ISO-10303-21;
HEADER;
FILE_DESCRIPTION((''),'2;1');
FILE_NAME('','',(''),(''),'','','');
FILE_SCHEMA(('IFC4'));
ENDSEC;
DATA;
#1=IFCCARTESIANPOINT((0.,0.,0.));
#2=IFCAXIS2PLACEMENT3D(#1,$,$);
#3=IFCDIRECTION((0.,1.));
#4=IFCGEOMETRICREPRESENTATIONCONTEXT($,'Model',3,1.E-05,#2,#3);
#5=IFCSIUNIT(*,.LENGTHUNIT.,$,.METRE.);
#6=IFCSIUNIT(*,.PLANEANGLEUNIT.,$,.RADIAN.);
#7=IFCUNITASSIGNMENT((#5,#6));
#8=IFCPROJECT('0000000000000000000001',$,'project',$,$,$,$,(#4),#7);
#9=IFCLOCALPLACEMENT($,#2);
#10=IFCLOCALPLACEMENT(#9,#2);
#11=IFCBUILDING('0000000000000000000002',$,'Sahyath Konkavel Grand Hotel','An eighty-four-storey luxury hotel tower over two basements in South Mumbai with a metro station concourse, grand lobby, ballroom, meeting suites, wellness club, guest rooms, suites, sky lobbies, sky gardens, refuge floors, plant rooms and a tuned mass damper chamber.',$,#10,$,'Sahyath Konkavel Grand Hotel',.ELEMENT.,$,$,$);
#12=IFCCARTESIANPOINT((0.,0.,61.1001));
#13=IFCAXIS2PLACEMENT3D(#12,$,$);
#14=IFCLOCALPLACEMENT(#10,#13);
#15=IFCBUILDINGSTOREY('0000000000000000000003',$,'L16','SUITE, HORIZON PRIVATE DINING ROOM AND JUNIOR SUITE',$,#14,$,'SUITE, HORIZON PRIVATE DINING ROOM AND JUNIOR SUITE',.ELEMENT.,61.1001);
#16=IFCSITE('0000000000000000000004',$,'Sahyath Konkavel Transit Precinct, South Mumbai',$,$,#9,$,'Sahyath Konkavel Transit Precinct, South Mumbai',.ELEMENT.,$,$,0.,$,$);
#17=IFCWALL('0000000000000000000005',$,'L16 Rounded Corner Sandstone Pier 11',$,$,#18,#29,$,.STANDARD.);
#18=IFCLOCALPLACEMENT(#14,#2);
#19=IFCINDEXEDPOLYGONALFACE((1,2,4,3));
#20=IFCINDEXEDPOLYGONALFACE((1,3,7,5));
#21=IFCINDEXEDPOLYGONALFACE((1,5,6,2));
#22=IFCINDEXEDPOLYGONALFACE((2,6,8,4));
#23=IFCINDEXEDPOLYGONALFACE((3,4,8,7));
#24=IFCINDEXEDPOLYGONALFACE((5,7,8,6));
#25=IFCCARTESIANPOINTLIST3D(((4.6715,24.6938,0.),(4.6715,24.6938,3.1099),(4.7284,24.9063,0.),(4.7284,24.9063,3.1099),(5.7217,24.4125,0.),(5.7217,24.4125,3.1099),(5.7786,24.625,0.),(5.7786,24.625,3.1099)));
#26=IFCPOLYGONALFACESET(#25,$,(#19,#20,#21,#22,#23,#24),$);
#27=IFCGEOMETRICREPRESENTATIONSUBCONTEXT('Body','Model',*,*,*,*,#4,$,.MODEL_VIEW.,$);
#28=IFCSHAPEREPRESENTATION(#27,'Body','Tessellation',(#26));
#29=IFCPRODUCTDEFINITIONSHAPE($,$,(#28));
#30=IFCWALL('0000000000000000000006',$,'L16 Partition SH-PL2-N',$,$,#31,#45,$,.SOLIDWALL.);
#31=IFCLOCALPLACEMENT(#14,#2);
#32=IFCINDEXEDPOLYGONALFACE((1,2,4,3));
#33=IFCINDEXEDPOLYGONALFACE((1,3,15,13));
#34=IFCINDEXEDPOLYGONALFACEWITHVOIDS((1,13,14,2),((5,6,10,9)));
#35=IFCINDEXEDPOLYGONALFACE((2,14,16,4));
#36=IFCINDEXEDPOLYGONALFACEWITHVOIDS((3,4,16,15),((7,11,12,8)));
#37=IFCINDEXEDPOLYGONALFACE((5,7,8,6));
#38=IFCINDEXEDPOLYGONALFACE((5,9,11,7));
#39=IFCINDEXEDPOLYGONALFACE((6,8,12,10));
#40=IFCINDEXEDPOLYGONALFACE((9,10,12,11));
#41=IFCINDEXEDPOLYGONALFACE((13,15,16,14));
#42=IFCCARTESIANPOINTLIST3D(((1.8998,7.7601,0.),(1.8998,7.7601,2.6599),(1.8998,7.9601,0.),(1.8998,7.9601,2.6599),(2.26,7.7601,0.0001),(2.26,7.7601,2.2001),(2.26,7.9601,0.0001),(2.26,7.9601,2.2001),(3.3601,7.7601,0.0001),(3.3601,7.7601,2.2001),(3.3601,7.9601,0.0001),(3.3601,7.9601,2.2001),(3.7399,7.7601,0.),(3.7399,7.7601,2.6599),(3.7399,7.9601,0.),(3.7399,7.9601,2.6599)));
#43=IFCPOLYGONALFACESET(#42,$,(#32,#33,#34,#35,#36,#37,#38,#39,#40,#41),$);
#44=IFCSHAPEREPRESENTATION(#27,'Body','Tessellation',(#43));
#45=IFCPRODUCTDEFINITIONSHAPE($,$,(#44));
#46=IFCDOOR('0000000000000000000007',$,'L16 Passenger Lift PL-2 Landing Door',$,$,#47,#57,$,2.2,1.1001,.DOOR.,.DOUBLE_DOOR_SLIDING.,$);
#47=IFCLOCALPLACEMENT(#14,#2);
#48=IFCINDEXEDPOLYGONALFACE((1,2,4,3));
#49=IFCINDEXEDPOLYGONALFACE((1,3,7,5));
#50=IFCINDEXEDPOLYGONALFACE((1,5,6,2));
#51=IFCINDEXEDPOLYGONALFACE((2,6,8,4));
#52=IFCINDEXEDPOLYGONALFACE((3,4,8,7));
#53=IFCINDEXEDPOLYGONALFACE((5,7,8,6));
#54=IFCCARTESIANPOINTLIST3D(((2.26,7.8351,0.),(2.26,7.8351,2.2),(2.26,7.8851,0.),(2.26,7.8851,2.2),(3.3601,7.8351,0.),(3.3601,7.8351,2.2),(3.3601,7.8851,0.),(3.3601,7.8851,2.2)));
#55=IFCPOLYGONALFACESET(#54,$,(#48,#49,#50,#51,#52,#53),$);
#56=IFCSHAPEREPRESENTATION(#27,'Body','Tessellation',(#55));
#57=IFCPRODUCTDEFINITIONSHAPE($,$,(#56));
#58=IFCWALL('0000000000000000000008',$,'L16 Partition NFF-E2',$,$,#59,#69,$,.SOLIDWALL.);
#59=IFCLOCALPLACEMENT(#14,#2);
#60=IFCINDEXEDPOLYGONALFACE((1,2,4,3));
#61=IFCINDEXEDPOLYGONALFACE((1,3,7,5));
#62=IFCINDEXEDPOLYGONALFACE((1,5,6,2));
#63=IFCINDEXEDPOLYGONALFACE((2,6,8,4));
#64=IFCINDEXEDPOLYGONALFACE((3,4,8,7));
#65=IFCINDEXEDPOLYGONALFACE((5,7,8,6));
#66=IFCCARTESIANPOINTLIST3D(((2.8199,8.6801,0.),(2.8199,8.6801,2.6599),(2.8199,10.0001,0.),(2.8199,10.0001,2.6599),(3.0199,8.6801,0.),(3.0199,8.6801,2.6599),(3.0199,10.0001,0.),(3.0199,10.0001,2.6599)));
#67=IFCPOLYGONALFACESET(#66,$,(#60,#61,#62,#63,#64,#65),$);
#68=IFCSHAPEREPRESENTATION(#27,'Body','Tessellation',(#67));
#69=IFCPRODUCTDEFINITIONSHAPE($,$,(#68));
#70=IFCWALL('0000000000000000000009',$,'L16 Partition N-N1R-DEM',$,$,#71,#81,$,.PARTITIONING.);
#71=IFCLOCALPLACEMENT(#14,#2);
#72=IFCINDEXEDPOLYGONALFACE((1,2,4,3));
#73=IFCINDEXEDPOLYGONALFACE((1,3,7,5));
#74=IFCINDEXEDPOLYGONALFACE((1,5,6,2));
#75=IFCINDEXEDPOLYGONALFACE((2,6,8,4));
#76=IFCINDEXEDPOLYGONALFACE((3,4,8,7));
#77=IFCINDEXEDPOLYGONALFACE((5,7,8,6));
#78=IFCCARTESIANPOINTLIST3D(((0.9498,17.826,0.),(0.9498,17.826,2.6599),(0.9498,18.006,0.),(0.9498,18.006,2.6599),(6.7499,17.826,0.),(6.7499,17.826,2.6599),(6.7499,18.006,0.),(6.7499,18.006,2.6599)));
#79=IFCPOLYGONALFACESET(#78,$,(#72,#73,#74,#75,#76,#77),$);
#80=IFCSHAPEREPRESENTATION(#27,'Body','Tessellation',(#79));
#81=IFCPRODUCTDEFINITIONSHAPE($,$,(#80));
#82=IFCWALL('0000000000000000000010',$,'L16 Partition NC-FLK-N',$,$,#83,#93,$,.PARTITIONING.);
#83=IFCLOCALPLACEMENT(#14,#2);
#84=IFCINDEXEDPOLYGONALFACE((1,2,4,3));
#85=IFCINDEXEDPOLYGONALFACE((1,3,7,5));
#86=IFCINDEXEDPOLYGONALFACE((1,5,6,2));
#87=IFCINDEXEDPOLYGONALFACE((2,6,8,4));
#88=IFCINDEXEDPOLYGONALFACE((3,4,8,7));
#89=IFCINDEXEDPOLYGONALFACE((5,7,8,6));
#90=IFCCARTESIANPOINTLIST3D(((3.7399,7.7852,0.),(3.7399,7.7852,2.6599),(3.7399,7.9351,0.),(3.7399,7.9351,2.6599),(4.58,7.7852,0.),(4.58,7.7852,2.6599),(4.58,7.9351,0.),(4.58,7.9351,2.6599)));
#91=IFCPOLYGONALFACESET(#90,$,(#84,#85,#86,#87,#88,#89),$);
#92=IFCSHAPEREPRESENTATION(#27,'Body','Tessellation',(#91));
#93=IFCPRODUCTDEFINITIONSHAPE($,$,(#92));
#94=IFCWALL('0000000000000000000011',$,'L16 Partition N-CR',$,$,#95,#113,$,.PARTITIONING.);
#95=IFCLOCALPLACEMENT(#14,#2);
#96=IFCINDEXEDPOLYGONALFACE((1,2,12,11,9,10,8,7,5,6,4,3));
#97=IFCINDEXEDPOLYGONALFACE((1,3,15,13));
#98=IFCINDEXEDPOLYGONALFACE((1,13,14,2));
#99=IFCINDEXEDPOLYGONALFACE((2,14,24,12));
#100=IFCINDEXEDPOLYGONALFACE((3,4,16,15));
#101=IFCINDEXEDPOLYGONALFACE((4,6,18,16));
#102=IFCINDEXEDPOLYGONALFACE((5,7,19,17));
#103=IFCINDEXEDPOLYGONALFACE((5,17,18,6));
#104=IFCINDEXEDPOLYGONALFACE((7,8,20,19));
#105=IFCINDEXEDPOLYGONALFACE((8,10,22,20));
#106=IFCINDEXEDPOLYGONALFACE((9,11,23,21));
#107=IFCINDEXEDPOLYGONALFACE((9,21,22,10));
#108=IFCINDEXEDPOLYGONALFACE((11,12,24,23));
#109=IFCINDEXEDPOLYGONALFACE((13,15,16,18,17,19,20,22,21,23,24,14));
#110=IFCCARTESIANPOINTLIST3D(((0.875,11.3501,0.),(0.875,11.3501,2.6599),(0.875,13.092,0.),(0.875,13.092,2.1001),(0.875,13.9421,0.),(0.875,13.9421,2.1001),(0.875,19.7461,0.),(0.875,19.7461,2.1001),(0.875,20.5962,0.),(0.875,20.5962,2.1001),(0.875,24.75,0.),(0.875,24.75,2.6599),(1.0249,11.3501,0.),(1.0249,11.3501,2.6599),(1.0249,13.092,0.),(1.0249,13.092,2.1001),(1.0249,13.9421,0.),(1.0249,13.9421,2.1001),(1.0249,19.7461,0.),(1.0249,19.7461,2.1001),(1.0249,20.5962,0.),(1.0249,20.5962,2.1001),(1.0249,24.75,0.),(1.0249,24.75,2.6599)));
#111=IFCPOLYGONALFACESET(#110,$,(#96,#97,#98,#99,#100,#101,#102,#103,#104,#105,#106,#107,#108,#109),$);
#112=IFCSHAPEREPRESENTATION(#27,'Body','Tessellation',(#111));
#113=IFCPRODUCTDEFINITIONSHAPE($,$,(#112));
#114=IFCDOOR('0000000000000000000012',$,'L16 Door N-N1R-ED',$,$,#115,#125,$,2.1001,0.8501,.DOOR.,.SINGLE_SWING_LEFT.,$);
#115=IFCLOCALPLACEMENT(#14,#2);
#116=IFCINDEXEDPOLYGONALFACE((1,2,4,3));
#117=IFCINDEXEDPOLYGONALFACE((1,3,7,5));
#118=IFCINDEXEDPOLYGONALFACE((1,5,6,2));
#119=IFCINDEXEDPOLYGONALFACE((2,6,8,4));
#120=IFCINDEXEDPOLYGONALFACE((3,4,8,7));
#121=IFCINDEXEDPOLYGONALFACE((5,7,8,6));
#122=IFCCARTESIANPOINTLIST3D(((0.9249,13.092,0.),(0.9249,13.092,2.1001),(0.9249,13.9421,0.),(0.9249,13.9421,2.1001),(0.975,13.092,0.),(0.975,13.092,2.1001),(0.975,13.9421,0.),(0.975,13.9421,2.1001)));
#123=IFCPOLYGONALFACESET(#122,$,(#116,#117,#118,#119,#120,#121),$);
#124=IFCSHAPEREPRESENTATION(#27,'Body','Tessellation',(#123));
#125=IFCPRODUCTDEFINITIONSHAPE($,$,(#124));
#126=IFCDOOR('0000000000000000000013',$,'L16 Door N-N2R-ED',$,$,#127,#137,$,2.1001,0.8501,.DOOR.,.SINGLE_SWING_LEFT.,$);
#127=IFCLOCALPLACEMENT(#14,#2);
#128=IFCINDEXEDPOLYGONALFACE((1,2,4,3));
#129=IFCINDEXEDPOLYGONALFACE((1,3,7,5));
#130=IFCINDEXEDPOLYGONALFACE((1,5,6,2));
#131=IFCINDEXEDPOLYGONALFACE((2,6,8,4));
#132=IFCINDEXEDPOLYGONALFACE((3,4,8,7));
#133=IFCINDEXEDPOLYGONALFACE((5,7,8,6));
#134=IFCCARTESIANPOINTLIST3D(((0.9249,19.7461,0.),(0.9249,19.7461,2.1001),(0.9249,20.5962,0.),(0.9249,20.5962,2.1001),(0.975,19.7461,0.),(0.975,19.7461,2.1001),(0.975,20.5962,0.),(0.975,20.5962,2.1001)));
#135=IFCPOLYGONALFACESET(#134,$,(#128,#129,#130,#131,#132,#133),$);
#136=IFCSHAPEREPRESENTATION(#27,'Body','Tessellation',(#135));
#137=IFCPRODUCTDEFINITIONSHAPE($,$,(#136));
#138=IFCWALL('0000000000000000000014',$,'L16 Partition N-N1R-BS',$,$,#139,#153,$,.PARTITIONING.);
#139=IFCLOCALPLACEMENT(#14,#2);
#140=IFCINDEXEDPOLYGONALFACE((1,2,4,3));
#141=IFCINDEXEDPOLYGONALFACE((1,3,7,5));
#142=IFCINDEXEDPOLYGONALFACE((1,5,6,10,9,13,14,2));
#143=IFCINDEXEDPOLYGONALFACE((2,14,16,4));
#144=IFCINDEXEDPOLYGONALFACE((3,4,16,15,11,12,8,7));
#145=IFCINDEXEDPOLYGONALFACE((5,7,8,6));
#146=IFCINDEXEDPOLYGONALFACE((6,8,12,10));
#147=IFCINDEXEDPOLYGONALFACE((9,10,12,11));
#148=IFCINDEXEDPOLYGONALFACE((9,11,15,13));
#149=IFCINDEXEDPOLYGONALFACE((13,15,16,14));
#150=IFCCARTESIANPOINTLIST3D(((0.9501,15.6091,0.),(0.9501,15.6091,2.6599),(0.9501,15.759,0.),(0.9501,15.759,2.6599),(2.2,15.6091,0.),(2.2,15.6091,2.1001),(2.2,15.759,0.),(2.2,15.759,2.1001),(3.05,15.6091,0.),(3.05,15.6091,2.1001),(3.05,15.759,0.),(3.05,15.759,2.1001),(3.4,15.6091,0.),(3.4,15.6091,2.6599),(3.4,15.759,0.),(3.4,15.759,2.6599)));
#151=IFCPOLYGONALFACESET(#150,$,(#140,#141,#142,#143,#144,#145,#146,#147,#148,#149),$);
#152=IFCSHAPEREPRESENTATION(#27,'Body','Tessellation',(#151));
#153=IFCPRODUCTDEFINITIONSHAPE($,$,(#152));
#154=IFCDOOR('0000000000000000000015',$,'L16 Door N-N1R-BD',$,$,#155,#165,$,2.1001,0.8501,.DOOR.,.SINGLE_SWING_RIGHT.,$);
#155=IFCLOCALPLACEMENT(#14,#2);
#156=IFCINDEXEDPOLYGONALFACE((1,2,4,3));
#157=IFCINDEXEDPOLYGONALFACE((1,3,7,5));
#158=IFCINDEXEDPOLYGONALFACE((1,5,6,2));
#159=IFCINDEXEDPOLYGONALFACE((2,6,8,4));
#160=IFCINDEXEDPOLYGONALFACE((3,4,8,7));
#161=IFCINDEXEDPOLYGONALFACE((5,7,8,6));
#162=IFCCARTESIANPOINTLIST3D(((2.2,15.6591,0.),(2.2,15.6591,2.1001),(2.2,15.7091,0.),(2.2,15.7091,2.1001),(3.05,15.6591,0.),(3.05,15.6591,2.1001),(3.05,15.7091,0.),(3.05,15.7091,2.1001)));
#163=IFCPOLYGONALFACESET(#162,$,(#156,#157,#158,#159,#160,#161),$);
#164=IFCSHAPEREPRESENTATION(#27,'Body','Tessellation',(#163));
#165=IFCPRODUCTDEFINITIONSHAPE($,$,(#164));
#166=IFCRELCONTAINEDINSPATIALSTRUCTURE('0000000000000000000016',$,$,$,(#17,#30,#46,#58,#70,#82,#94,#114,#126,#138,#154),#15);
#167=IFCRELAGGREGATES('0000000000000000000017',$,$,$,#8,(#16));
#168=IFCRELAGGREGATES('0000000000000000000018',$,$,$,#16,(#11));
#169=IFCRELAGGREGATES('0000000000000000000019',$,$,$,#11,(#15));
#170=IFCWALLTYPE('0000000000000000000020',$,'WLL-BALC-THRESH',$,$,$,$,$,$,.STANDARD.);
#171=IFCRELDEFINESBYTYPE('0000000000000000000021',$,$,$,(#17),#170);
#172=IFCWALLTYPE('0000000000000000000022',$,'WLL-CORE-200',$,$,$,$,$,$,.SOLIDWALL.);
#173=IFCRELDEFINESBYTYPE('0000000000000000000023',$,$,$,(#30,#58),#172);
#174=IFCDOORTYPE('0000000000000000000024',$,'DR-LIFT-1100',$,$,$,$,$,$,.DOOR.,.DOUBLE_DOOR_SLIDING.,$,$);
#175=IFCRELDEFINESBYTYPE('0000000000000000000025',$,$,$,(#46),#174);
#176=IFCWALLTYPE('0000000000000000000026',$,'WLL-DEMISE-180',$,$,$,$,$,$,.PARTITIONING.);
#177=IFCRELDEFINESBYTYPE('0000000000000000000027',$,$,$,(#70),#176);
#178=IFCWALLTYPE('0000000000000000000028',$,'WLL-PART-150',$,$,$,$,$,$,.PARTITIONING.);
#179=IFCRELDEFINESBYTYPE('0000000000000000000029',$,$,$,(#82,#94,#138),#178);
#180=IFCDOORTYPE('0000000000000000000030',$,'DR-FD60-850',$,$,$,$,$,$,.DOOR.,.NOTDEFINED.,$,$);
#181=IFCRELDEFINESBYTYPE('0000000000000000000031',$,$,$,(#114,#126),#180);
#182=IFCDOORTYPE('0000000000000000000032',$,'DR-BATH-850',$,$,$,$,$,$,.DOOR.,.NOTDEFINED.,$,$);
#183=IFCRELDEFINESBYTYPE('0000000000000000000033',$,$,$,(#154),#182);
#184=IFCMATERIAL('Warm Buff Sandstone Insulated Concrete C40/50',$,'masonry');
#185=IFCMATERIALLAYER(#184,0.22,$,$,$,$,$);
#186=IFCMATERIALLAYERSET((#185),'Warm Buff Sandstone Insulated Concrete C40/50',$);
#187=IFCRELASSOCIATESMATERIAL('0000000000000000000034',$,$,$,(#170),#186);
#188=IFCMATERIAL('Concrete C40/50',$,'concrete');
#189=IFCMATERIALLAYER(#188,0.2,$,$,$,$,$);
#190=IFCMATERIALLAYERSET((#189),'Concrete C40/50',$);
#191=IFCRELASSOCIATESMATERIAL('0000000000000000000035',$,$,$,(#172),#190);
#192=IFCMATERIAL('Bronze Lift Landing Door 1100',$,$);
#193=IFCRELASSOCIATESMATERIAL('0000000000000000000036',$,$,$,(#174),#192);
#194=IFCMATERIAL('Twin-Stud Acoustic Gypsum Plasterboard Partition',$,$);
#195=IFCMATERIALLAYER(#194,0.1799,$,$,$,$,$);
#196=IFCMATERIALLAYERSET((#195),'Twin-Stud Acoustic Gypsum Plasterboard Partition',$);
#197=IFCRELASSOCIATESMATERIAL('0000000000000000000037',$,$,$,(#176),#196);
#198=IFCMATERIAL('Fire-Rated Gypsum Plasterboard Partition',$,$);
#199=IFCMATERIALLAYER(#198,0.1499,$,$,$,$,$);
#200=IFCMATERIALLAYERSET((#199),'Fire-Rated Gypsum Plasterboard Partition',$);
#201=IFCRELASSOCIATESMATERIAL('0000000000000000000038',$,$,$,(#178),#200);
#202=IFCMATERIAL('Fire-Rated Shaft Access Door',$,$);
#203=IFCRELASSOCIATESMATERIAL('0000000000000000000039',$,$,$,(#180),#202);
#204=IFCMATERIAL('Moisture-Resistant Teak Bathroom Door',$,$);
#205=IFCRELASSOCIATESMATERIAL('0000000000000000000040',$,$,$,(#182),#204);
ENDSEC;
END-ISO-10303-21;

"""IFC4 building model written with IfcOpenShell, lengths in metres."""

from ifc_helpers import new_model, si_unit, direction, frame, frame_2d, origin, origin_2d, place, context, subcontext, project, spatial, rectangle, extrude, source, transform, mapped, material, layer, layer_set, type_object, element, fill, save


model = new_model("IFC4")

# Units and contexts
model_context = context("Model", 3, precision=1e-05, world=origin(), true_north=direction((0.0, 1.0)))
body_context = subcontext(model_context, "Body", "Model", "MODEL_VIEW")
ifc_project = project(units=[si_unit("LENGTHUNIT", "METRE"), si_unit("PLANEANGLEUNIT", "RADIAN")], contexts=[model_context])

# Site, building, storey
site_placement = place(None, origin())
site = spatial("IfcSite", under=ifc_project, at=site_placement, Name="Sahyath Konkavel Transit Precinct, South Mumbai", LongName="Sahyath Konkavel Transit Precinct, South Mumbai", CompositionType="ELEMENT", RefElevation=0.0)
building_placement = place(site_placement, origin())
building = spatial("IfcBuilding", under=site, at=building_placement, Name="Sahyath Konkavel Grand Hotel", Description="An eighty-four-storey luxury hotel tower over two basements in South Mumbai with a metro station concourse, grand lobby, ballroom, meeting suites, wellness club, guest rooms, suites, sky lobbies, sky gardens, refuge floors, plant rooms and a tuned mass damper chamber.", LongName="Sahyath Konkavel Grand Hotel", CompositionType="ELEMENT")
storey_placement = place(building_placement, frame((0.0, 0.0, 61.1001)))
storey = spatial("IfcBuildingStorey", under=building, at=storey_placement, Name="L16", Description="SUITE, HORIZON PRIVATE DINING ROOM AND JUNIOR SUITE", LongName="SUITE, HORIZON PRIVATE DINING ROOM AND JUNIOR SUITE", CompositionType="ELEMENT", Elevation=61.1001)

# Wall
ifc_material_1 = material(Name="Warm Buff Sandstone Insulated Concrete C40/50", Category="masonry")
ifc_layer_1 = layer(ifc_material_1, 0.22)
ifc_layer_set_1 = layer_set([ifc_layer_1], Name="Warm Buff Sandstone Insulated Concrete C40/50")
wall_type_1 = type_object("IfcWallType", Name="WLL-BALC-THRESH", PredefinedType="STANDARD", material=ifc_layer_set_1)
wall_1_placement = place(storey_placement, frame((5.75, 24.5188, 0.0), z_axis=(0.0, 0.0, 1.0), x_axis=(-0.965951, 0.258725, 0.0)))
element("IfcWall", 1, at=wall_1_placement, inside=storey, type_object=wall_type_1, Name="L16 Rounded Corner Sandstone Pier 11", PredefinedType="STANDARD", context=body_context, shape_type="SweptSolid", body=[
    extrude(rectangle(XDim=1.0872, YDim=0.22, at=frame_2d((0.5435, 0.0))), origin(), (0.0, 0.0, 1.0), 3.1099),
])

# Wall, opening, door
ifc_material_2 = material(Name="Concrete C40/50", Category="concrete")
ifc_layer_2 = layer(ifc_material_2, 0.2)
ifc_layer_set_2 = layer_set([ifc_layer_2], Name="Concrete C40/50")
wall_type_2 = type_object("IfcWallType", Name="WLL-CORE-200", PredefinedType="SOLIDWALL", material=ifc_layer_set_2)
wall_2_placement = place(storey_placement, frame((1.8999, 7.8601, 0.0), z_axis=(0.0, 0.0, 1.0), x_axis=(1.0, 0.0, 0.0)))
wall_2 = element("IfcWall", 2, at=wall_2_placement, inside=storey, type_object=wall_type_2, Name="L16 Partition SH-PL2-N", PredefinedType="SOLIDWALL", context=body_context, shape_type="SweptSolid", body=[
    extrude(rectangle(XDim=1.8401, YDim=0.2, at=frame_2d((0.9199, 0.0))), origin(), (0.0, 0.0, 1.0), 2.6599),
])
opening_1_placement = place(wall_2_placement, frame((0.3601, 0.0, 0.0)))
opening_1 = element("IfcOpeningElement", 3, at=opening_1_placement, cuts=wall_2, PredefinedType="OPENING", context=body_context, shape_type="SweptSolid", body=[
    extrude(rectangle(XDim=1.1001, YDim=2.2, at=frame_2d((0.55, 1.1001))), frame((0.0, 0.1099, 0.0), z_axis=(0.0, -1.0, 0.0), x_axis=(1.0, 0.0, 0.0)), (0.0, 0.0, 1.0), 0.22),
])
ifc_material_3 = material(Name="Bronze Lift Landing Door 1100")
door_type_1 = type_object("IfcDoorType", Name="DR-LIFT-1100", OperationType="DOUBLE_DOOR_SLIDING", PredefinedType="DOOR", material=ifc_material_3)
shared_shape_1 = source(origin(), body_context, "Body", "SweptSolid", [
    extrude(rectangle(XDim=1.1001, YDim=0.05, at=origin_2d()), origin(), (0.0, 0.0, 1.0), 2.2),
])
door_1_placement = place(opening_1_placement, frame((0.55, 0.0, 0.0)))
door_1 = element("IfcDoor", 4, at=door_1_placement, inside=storey, type_object=door_type_1, Name="L16 Passenger Lift PL-2 Landing Door", OperationType="DOUBLE_DOOR_SLIDING", OverallHeight=2.2, OverallWidth=1.1001, PredefinedType="DOOR", context=body_context, shape_type="MappedRepresentation", body=[
    mapped(shared_shape_1, transform((0.0, 0.0, 0.0), scale=1.0)),
])
fill(opening_1, door_1)

# Walls
wall_3_placement = place(storey_placement, frame((2.9199, 8.6799, 0.0), z_axis=(0.0, 0.0, 1.0), x_axis=(0.0, 1.0, 0.0)))
element("IfcWall", 5, at=wall_3_placement, inside=storey, type_object=wall_type_2, Name="L16 Partition NFF-E2", PredefinedType="SOLIDWALL", context=body_context, shape_type="SweptSolid", body=[
    extrude(rectangle(XDim=1.3201, YDim=0.2, at=frame_2d((0.6602, 0.0))), origin(), (0.0, 0.0, 1.0), 2.6599),
])
ifc_material_4 = material(Name="Twin-Stud Acoustic Gypsum Plasterboard Partition")
ifc_layer_3 = layer(ifc_material_4, 0.1799)
ifc_layer_set_3 = layer_set([ifc_layer_3], Name="Twin-Stud Acoustic Gypsum Plasterboard Partition")
wall_type_3 = type_object("IfcWallType", Name="WLL-DEMISE-180", PredefinedType="PARTITIONING", material=ifc_layer_set_3)
wall_4_placement = place(storey_placement, frame((0.95, 17.916, 0.0), z_axis=(0.0, 0.0, 1.0), x_axis=(1.0, 0.0, 0.0)))
element("IfcWall", 6, at=wall_4_placement, inside=storey, type_object=wall_type_3, Name="L16 Partition N-N1R-DEM", PredefinedType="PARTITIONING", context=body_context, shape_type="SweptSolid", body=[
    extrude(rectangle(XDim=5.8, YDim=0.1799, at=frame_2d((2.8999, 0.0))), origin(), (0.0, 0.0, 1.0), 2.6599),
])
ifc_material_5 = material(Name="Fire-Rated Gypsum Plasterboard Partition")
ifc_layer_4 = layer(ifc_material_5, 0.1499)
ifc_layer_set_4 = layer_set([ifc_layer_4], Name="Fire-Rated Gypsum Plasterboard Partition")
wall_type_4 = type_object("IfcWallType", Name="WLL-PART-150", PredefinedType="PARTITIONING", material=ifc_layer_set_4)
wall_5_placement = place(storey_placement, frame((3.74, 7.8601, 0.0), z_axis=(0.0, 0.0, 1.0), x_axis=(1.0, 0.0, 0.0)))
element("IfcWall", 7, at=wall_5_placement, inside=storey, type_object=wall_type_4, Name="L16 Partition NC-FLK-N", PredefinedType="PARTITIONING", context=body_context, shape_type="SweptSolid", body=[
    extrude(rectangle(XDim=0.8401, YDim=0.1499, at=frame_2d((0.4199, 0.0))), origin(), (0.0, 0.0, 1.0), 2.6599),
])

# Wall, openings, doors
wall_6_placement = place(storey_placement, frame((0.95, 11.3501, 0.0), z_axis=(0.0, 0.0, 1.0), x_axis=(0.0, 1.0, 0.0)))
wall_6 = element("IfcWall", 8, at=wall_6_placement, inside=storey, type_object=wall_type_4, Name="L16 Partition N-CR", PredefinedType="PARTITIONING", context=body_context, shape_type="SweptSolid", body=[
    extrude(rectangle(XDim=13.3999, YDim=0.1499, at=frame_2d((6.7, 0.0))), origin(), (0.0, 0.0, 1.0), 2.6599),
])
opening_2_placement = place(wall_6_placement, frame((1.7419, 0.0, 0.0)))
opening_2 = element("IfcOpeningElement", 9, at=opening_2_placement, cuts=wall_6, PredefinedType="OPENING", context=body_context, shape_type="SweptSolid", body=[
    extrude(rectangle(XDim=0.8501, YDim=2.1001, at=frame_2d((0.425, 1.05))), frame((0.0, 0.085, 0.0), z_axis=(0.0, -1.0, 0.0), x_axis=(1.0, 0.0, 0.0)), (0.0, 0.0, 1.0), 0.1699),
])
opening_3_placement = place(wall_6_placement, frame((8.396, 0.0, 0.0)))
opening_3 = element("IfcOpeningElement", 10, at=opening_3_placement, cuts=wall_6, PredefinedType="OPENING", context=body_context, shape_type="SweptSolid", body=[
    extrude(rectangle(XDim=0.8501, YDim=2.1001, at=frame_2d((0.425, 1.05))), frame((0.0, 0.085, 0.0), z_axis=(0.0, -1.0, 0.0), x_axis=(1.0, 0.0, 0.0)), (0.0, 0.0, 1.0), 0.1699),
])
ifc_material_6 = material(Name="Fire-Rated Shaft Access Door")
door_type_2 = type_object("IfcDoorType", Name="DR-FD60-850", OperationType="NOTDEFINED", PredefinedType="DOOR", material=ifc_material_6)
shared_shape_2 = source(origin(), body_context, "Body", "SweptSolid", [
    extrude(rectangle(XDim=0.8501, YDim=0.05, at=origin_2d()), origin(), (0.0, 0.0, 1.0), 2.1001),
])
door_2_placement = place(opening_2_placement, frame((0.425, 0.0, 0.0)))
door_2 = element("IfcDoor", 11, at=door_2_placement, inside=storey, type_object=door_type_2, Name="L16 Door N-N1R-ED", OperationType="SINGLE_SWING_LEFT", OverallHeight=2.1001, OverallWidth=0.8501, PredefinedType="DOOR", context=body_context, shape_type="MappedRepresentation", body=[
    mapped(shared_shape_2, transform((0.0, 0.0, 0.0), scale=1.0)),
])
fill(opening_2, door_2)
door_3_placement = place(opening_3_placement, frame((0.425, 0.0, 0.0)))
door_3 = element("IfcDoor", 12, at=door_3_placement, inside=storey, type_object=door_type_2, Name="L16 Door N-N2R-ED", OperationType="SINGLE_SWING_LEFT", OverallHeight=2.1001, OverallWidth=0.8501, PredefinedType="DOOR", context=body_context, shape_type="MappedRepresentation", body=[
    mapped(shared_shape_2, transform((0.0, 0.0, 0.0), scale=1.0)),
])
fill(opening_3, door_3)

# Wall, opening, door
wall_7_placement = place(storey_placement, frame((0.95, 15.6841, 0.0), z_axis=(0.0, 0.0, 1.0), x_axis=(1.0, 0.0, 0.0)))
wall_7 = element("IfcWall", 13, at=wall_7_placement, inside=storey, type_object=wall_type_4, Name="L16 Partition N-N1R-BS", PredefinedType="PARTITIONING", context=body_context, shape_type="SweptSolid", body=[
    extrude(rectangle(XDim=2.45, YDim=0.1499, at=frame_2d((1.2251, 0.0))), origin(), (0.0, 0.0, 1.0), 2.6599),
])
opening_4_placement = place(wall_7_placement, frame((1.25, 0.0, 0.0)))
opening_4 = element("IfcOpeningElement", 14, at=opening_4_placement, cuts=wall_7, PredefinedType="OPENING", context=body_context, shape_type="SweptSolid", body=[
    extrude(rectangle(XDim=0.8501, YDim=2.1001, at=frame_2d((0.425, 1.05))), frame((0.0, 0.085, 0.0), z_axis=(0.0, -1.0, 0.0), x_axis=(1.0, 0.0, 0.0)), (0.0, 0.0, 1.0), 0.1699),
])
ifc_material_7 = material(Name="Moisture-Resistant Teak Bathroom Door")
door_type_3 = type_object("IfcDoorType", Name="DR-BATH-850", OperationType="NOTDEFINED", PredefinedType="DOOR", material=ifc_material_7)
door_4_placement = place(opening_4_placement, frame((0.425, 0.0, 0.0)))
door_4 = element("IfcDoor", 15, at=door_4_placement, inside=storey, type_object=door_type_3, Name="L16 Door N-N1R-BD", OperationType="SINGLE_SWING_RIGHT", OverallHeight=2.1001, OverallWidth=0.8501, PredefinedType="DOOR", context=body_context, shape_type="MappedRepresentation", body=[
    mapped(shared_shape_2, transform((0.0, 0.0, 0.0), scale=1.0)),
])
fill(opening_4, door_4)

save(model, "model.ifc")
